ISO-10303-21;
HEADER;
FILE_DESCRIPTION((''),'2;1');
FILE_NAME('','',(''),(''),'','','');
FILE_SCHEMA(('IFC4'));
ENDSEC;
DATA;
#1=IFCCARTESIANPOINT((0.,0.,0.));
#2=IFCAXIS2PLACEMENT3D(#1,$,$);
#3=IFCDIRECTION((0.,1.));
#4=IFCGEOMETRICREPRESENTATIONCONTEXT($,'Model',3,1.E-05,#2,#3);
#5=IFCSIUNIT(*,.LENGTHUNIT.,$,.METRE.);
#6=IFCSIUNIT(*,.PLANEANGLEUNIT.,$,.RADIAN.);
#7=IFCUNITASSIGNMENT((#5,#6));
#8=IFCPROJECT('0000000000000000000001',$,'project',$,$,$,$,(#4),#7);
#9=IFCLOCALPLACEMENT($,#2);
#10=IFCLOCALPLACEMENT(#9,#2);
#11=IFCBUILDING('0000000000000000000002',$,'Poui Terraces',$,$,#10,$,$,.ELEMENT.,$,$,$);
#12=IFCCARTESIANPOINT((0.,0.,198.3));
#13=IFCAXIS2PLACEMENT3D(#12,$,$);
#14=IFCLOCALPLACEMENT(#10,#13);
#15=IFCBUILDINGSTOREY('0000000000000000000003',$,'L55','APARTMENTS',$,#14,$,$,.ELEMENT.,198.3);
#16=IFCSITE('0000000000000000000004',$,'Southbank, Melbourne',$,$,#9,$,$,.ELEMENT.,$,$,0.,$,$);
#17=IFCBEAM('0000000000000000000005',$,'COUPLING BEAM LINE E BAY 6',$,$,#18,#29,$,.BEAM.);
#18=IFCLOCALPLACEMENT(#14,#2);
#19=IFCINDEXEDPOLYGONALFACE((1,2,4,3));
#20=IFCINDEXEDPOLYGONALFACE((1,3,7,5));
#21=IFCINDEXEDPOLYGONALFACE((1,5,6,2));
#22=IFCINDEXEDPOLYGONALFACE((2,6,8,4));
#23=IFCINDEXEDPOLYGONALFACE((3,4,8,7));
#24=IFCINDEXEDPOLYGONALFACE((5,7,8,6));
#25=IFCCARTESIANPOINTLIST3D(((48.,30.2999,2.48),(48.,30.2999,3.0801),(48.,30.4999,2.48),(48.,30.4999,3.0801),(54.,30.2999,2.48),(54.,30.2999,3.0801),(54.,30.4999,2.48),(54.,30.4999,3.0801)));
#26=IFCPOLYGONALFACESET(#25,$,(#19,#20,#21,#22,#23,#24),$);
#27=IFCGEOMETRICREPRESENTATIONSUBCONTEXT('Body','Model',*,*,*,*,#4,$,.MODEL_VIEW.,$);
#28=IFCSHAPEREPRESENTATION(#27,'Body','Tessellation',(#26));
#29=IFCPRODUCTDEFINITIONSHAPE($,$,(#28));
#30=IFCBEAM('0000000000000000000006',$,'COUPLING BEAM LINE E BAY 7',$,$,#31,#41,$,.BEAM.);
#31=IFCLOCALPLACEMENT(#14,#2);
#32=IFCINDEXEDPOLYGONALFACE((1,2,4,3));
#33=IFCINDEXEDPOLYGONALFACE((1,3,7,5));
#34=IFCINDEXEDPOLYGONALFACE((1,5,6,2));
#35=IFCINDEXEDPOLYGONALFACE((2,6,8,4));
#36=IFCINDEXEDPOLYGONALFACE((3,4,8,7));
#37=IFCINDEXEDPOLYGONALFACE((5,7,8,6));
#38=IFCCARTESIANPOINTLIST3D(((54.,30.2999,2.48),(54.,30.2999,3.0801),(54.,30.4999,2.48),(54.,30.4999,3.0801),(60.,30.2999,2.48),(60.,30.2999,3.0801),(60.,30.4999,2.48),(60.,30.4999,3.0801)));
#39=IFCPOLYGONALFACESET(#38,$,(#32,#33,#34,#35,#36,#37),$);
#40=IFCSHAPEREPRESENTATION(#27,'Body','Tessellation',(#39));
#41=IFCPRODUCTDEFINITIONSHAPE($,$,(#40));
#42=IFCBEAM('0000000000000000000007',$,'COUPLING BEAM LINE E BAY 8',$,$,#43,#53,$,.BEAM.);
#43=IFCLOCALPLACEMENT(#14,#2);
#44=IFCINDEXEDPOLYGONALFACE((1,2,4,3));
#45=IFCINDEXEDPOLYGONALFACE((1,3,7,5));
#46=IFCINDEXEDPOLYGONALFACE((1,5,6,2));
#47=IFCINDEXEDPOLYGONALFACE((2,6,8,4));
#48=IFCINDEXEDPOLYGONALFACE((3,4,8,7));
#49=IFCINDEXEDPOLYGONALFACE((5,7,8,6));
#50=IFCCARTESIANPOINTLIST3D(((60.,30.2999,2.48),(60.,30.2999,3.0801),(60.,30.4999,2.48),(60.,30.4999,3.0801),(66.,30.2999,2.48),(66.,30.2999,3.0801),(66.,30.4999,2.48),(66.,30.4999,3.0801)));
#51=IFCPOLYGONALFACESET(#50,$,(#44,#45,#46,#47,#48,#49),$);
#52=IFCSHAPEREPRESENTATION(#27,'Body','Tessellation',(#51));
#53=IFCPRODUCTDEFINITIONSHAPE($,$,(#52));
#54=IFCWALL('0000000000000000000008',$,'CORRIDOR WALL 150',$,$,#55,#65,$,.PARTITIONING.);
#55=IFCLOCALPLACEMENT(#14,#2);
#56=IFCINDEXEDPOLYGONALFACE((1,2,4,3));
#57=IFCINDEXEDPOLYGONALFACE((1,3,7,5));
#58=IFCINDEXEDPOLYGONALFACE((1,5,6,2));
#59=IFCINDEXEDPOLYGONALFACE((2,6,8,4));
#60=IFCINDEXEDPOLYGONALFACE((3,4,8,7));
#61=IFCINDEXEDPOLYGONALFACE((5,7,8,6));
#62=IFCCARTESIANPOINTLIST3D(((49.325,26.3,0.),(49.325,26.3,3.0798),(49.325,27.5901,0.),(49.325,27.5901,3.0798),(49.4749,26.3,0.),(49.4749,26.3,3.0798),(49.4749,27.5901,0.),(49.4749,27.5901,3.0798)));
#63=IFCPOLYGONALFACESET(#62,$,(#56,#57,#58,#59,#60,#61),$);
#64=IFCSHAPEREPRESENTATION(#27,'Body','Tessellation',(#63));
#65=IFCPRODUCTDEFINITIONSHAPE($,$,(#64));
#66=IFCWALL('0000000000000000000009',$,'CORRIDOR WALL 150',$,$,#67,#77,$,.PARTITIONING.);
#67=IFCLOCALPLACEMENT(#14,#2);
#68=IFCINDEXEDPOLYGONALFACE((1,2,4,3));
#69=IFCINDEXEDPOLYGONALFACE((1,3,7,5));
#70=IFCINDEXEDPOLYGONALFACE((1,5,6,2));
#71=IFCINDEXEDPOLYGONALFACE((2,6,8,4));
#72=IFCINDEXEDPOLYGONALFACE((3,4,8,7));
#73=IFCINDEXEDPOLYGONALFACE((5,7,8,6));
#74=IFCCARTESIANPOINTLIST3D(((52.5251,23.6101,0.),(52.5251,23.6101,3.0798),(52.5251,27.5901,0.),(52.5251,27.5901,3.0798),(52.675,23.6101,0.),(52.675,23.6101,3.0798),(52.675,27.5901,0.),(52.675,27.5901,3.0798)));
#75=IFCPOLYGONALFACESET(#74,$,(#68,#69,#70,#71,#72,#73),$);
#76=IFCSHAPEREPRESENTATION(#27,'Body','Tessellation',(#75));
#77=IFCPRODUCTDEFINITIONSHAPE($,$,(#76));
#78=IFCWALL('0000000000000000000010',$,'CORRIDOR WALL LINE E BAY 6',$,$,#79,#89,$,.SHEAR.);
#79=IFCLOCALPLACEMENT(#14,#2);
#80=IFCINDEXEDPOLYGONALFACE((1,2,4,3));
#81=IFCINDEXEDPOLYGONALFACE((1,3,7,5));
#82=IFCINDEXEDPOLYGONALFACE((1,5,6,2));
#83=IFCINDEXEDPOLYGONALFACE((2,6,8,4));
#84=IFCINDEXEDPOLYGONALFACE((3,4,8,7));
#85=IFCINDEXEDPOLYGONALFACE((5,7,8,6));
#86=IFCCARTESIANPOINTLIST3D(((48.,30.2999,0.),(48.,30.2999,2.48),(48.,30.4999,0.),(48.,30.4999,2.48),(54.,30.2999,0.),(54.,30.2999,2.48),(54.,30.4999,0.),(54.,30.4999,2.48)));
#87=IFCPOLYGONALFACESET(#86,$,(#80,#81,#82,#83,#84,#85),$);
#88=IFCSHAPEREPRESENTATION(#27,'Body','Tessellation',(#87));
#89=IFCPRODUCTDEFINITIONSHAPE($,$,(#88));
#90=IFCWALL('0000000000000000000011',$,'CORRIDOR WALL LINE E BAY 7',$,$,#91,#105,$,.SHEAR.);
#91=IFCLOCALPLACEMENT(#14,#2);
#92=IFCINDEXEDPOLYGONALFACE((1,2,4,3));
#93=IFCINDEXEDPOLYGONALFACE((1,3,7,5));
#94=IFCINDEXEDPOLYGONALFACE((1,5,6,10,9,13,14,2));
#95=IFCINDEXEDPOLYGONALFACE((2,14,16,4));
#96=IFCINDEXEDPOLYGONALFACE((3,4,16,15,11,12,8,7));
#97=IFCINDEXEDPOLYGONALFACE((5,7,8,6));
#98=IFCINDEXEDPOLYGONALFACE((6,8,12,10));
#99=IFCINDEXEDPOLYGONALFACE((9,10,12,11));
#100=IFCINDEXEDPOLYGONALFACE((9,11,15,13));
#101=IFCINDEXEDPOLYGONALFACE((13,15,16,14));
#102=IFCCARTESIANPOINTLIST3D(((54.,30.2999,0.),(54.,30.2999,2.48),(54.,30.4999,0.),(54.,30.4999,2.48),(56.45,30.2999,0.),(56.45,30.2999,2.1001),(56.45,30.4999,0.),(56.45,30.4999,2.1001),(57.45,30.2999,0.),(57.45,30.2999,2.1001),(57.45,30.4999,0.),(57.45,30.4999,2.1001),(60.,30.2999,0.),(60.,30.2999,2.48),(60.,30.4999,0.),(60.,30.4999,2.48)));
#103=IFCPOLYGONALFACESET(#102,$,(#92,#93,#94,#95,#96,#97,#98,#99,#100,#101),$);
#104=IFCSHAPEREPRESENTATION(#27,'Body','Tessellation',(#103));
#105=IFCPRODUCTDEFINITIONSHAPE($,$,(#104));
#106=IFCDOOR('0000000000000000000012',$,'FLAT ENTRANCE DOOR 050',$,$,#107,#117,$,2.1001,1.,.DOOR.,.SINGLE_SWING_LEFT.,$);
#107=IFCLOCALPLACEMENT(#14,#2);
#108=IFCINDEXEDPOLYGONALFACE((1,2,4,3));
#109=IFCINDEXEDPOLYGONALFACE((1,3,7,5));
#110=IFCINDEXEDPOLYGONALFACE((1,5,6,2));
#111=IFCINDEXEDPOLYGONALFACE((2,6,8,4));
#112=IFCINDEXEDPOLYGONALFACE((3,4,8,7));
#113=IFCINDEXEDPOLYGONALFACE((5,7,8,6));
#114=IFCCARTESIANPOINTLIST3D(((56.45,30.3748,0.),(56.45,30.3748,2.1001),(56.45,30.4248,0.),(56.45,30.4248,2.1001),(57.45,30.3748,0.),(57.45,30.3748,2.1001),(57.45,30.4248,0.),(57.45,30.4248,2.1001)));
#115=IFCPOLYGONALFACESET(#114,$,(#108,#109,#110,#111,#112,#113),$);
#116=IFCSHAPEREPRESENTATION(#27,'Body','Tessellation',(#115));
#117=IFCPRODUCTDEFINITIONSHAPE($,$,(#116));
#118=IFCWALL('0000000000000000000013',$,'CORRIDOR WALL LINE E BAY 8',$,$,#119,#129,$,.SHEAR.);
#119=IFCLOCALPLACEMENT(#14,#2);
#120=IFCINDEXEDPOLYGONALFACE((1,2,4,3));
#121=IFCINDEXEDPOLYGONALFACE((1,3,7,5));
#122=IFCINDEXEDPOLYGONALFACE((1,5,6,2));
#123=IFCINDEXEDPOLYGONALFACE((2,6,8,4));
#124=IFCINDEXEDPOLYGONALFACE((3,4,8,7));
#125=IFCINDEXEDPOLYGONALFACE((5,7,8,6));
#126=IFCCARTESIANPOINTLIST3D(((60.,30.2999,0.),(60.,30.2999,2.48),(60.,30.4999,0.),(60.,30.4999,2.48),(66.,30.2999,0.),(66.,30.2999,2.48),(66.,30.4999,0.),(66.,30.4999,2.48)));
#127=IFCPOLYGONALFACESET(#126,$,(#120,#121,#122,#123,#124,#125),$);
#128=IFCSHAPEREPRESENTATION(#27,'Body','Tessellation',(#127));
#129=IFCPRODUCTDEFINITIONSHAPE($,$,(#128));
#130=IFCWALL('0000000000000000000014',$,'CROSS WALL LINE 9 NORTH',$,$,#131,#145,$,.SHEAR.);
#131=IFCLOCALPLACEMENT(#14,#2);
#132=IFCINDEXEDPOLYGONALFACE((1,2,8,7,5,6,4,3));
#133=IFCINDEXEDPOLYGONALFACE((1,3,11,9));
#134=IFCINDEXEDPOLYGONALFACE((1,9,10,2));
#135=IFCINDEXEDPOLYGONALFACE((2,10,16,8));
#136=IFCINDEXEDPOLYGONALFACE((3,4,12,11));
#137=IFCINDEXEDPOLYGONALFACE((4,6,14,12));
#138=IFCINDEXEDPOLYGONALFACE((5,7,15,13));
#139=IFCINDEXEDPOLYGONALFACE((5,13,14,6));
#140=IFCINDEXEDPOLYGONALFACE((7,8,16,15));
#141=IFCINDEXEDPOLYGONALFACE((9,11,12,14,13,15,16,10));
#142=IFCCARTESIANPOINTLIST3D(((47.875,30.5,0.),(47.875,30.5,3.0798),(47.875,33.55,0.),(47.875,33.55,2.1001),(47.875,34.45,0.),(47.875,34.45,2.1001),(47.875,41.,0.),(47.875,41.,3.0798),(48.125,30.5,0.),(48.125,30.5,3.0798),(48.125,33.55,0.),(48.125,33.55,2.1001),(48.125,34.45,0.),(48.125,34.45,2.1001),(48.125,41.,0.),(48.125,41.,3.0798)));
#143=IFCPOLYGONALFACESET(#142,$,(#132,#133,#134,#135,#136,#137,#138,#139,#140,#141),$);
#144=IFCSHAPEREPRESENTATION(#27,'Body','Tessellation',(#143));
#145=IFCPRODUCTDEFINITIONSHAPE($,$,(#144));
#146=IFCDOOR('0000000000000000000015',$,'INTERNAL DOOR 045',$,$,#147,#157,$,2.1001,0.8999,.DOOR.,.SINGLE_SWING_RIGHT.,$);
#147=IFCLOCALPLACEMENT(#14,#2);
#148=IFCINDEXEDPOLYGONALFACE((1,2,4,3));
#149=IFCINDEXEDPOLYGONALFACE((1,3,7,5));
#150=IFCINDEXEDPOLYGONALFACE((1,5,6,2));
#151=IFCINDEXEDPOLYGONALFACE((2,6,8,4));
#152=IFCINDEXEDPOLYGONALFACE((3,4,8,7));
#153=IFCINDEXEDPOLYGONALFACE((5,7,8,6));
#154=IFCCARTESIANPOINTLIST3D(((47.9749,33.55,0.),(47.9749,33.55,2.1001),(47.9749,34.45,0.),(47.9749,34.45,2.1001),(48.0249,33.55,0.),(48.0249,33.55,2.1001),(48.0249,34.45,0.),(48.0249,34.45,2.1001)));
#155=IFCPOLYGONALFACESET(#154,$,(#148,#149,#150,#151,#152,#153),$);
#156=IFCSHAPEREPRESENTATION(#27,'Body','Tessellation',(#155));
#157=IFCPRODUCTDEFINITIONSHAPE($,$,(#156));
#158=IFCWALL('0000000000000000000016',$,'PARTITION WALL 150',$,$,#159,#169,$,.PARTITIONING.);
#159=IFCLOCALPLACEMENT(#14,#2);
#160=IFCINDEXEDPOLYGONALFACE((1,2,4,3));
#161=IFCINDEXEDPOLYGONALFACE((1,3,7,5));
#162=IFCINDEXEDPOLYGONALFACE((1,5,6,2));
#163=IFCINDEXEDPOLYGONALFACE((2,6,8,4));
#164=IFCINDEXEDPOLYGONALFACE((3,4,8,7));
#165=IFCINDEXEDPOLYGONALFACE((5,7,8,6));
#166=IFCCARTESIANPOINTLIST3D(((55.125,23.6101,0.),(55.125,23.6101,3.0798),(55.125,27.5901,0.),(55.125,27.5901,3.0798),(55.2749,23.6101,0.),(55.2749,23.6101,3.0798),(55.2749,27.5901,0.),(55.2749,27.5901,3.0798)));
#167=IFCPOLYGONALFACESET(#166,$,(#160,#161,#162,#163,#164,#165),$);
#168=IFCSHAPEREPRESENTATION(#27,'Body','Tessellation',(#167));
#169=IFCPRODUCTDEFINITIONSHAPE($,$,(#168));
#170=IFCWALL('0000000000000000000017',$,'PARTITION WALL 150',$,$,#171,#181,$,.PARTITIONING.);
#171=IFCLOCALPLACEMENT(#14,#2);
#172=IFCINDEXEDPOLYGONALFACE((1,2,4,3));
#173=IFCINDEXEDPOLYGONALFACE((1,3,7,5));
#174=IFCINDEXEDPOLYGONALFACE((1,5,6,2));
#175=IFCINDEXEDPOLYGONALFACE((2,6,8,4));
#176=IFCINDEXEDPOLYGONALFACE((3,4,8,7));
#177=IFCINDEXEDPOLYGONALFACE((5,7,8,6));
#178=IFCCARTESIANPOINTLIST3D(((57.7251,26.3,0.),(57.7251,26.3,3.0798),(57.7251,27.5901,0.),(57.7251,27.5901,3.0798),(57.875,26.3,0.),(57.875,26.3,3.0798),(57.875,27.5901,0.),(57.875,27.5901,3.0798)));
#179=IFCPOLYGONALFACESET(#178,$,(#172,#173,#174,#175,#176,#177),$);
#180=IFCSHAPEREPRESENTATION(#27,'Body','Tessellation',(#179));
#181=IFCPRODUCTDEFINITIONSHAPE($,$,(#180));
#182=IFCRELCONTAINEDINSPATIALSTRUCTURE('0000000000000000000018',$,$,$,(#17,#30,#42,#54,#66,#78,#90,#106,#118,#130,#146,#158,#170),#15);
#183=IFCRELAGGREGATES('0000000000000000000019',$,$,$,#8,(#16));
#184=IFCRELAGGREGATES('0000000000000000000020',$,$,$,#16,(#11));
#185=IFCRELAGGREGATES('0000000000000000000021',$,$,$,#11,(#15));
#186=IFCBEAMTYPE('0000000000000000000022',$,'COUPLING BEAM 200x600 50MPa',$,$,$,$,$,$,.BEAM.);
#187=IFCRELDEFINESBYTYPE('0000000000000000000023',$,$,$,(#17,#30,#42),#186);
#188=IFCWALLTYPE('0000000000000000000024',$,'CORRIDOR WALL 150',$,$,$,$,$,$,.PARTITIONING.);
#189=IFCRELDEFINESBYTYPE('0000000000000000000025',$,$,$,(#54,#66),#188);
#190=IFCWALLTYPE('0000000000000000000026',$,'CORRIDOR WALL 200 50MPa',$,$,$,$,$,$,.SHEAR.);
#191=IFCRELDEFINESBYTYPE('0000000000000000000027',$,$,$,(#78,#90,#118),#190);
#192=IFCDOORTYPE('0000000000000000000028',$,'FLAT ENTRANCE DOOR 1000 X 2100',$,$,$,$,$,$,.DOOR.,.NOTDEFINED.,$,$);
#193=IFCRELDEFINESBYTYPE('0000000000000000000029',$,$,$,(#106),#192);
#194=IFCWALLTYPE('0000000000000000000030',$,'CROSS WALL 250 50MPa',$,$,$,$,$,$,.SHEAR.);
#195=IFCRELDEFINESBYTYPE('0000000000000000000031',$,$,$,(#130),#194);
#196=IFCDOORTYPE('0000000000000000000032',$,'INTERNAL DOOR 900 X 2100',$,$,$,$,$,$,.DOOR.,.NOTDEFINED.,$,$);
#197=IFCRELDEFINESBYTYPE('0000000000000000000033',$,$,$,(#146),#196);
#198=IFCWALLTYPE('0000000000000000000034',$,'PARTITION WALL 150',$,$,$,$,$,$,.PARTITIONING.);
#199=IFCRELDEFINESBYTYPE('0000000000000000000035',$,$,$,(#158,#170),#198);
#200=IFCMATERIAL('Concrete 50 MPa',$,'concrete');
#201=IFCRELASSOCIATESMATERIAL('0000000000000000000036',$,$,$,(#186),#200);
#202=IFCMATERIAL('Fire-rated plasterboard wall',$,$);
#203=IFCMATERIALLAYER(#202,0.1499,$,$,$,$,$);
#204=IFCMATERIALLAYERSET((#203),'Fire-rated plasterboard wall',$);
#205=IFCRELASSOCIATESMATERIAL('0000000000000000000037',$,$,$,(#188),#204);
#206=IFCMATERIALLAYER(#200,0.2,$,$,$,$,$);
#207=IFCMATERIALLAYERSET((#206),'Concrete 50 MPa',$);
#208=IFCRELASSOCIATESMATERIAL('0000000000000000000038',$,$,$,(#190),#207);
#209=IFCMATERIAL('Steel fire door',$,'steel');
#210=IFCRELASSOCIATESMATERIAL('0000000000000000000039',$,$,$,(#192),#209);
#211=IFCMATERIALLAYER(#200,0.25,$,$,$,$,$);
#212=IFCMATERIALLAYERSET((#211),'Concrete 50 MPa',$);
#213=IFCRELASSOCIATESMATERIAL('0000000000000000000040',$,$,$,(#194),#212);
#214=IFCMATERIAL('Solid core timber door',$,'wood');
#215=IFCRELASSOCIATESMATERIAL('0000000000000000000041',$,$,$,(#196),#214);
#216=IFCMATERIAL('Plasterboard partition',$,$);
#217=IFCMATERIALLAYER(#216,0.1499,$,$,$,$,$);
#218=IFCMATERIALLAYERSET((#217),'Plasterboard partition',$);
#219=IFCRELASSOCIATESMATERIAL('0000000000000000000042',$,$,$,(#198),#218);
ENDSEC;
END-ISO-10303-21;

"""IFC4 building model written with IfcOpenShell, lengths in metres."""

from ifc_helpers import new_model, si_unit, direction, frame, frame_2d, origin, origin_2d, place, context, subcontext, project, spatial, rectangle, extrude, source, transform, mapped, material, layer, layer_set, material_profile, profile_set, type_object, element, fill, save


model = new_model("IFC4")

# Units and contexts
model_context = context("Model", 3, precision=1e-05, world=origin(), true_north=direction((0.0, 1.0)))
body_context = subcontext(model_context, "Body", "Model", "MODEL_VIEW")
ifc_project = project(units=[si_unit("LENGTHUNIT", "METRE"), si_unit("PLANEANGLEUNIT", "RADIAN")], contexts=[model_context])

# Site, building, storey
site_placement = place(None, origin())
site = spatial("IfcSite", under=ifc_project, at=site_placement, Name="Southbank, Melbourne", CompositionType="ELEMENT", RefElevation=0.0)
building_placement = place(site_placement, origin())
building = spatial("IfcBuilding", under=site, at=building_placement, Name="Poui Terraces", CompositionType="ELEMENT")
storey_placement = place(building_placement, frame((0.0, 0.0, 198.3)))
storey = spatial("IfcBuildingStorey", under=building, at=storey_placement, Name="L55", Description="APARTMENTS", CompositionType="ELEMENT", Elevation=198.3)

# Beams
ifc_material_1 = material(Name="Concrete 50 MPa", Category="concrete")
ifc_material_profile = material_profile(ifc_material_1, rectangle(XDim=0.2, YDim=0.6001, at=origin_2d()), Name="RC 200x600")
ifc_profile_set = profile_set([ifc_material_profile], Name="Concrete 50 MPa")
beam_type = type_object("IfcBeamType", Name="COUPLING BEAM 200x600 50MPa", PredefinedType="BEAM", material=ifc_profile_set)
shared_shape = source(origin(), body_context, "Body", "SweptSolid", [
    extrude(rectangle(XDim=0.2, YDim=0.6001, at=origin_2d()), origin(), (0.0, 0.0, 1.0), 6.0),
])
for number, where, z_axis, x_axis, name in (
    (1, (48.0, 30.3999, 2.78), (1.0, 0.0, 0.0), (0.0, 1.0, 0.0), "COUPLING BEAM LINE E BAY 6"),
    (2, (54.0, 30.3999, 2.78), (1.0, 0.0, 0.0), (0.0, 1.0, 0.0), "COUPLING BEAM LINE E BAY 7"),
    (3, (60.0, 30.3999, 2.78), (1.0, 0.0, 0.0), (0.0, 1.0, 0.0), "COUPLING BEAM LINE E BAY 8"),
):
    element("IfcBeam", number, at=place(storey_placement, frame(where, z_axis=z_axis, x_axis=x_axis)), inside=storey, type_object=beam_type, Name=name, PredefinedType="BEAM", context=body_context, shape_type="MappedRepresentation", body=[
        mapped(shared_shape, transform((0.0, 0.0, 0.0))),
    ])

# Walls
ifc_material_2 = material(Name="Fire-rated plasterboard wall")
ifc_layer_1 = layer(ifc_material_2, 0.1499)
ifc_layer_set_1 = layer_set([ifc_layer_1], Name="Fire-rated plasterboard wall")
wall_type_1 = type_object("IfcWallType", Name="CORRIDOR WALL 150", PredefinedType="PARTITIONING", material=ifc_layer_set_1)
wall_1_placement = place(storey_placement, frame((49.3999, 26.3, 0.0), z_axis=(0.0, 0.0, 1.0), x_axis=(0.0, 1.0, 0.0)))
element("IfcWall", 4, at=wall_1_placement, inside=storey, type_object=wall_type_1, Name="CORRIDOR WALL 150", PredefinedType="PARTITIONING", context=body_context, shape_type="SweptSolid", body=[
    extrude(rectangle(XDim=1.29, YDim=0.1499, at=frame_2d((0.645, 0.0))), origin(), (0.0, 0.0, 1.0), 3.0798),
])
wall_2_placement = place(storey_placement, frame((52.6001, 23.6101, 0.0), z_axis=(0.0, 0.0, 1.0), x_axis=(0.0, 1.0, 0.0)))
element("IfcWall", 5, at=wall_2_placement, inside=storey, type_object=wall_type_1, Name="CORRIDOR WALL 150", PredefinedType="PARTITIONING", context=body_context, shape_type="SweptSolid", body=[
    extrude(rectangle(XDim=3.98, YDim=0.1499, at=frame_2d((1.99, 0.0))), origin(), (0.0, 0.0, 1.0), 3.0798),
])
ifc_layer_2 = layer(ifc_material_1, 0.2)
ifc_layer_set_2 = layer_set([ifc_layer_2], Name="Concrete 50 MPa")
wall_type_2 = type_object("IfcWallType", Name="CORRIDOR WALL 200 50MPa", PredefinedType="SHEAR", material=ifc_layer_set_2)
wall_3_placement = place(storey_placement, frame((48.0, 30.3999, 0.0), z_axis=(0.0, 0.0, 1.0), x_axis=(1.0, 0.0, 0.0)))
element("IfcWall", 6, at=wall_3_placement, inside=storey, type_object=wall_type_2, Name="CORRIDOR WALL LINE E BAY 6", PredefinedType="SHEAR", context=body_context, shape_type="SweptSolid", body=[
    extrude(rectangle(XDim=6.0, YDim=0.2, at=frame_2d((3.0, 0.0))), origin(), (0.0, 0.0, 1.0), 2.48),
])

# Wall, opening, door
wall_4_placement = place(storey_placement, frame((54.0, 30.3999, 0.0), z_axis=(0.0, 0.0, 1.0), x_axis=(1.0, 0.0, 0.0)))
wall_4 = element("IfcWall", 7, at=wall_4_placement, inside=storey, type_object=wall_type_2, Name="CORRIDOR WALL LINE E BAY 7", PredefinedType="SHEAR", context=body_context, shape_type="SweptSolid", body=[
    extrude(rectangle(XDim=6.0, YDim=0.2, at=frame_2d((3.0, 0.0))), origin(), (0.0, 0.0, 1.0), 2.48),
])
opening_1_placement = place(wall_4_placement, frame((2.45, 0.0, 0.0)))
opening_1 = element("IfcOpeningElement", 8, at=opening_1_placement, cuts=wall_4, PredefinedType="OPENING", context=body_context, shape_type="SweptSolid", body=[
    extrude(rectangle(XDim=1.0, YDim=2.1001, at=frame_2d((0.5, 1.05))), frame((0.0, 0.1099, 0.0), z_axis=(0.0, -1.0, 0.0), x_axis=(1.0, 0.0, 0.0)), (0.0, 0.0, 1.0), 0.22),
])
ifc_material_3 = material(Name="Steel fire door", Category="steel")
door_type_1 = type_object("IfcDoorType", Name="FLAT ENTRANCE DOOR 1000 X 2100", OperationType="NOTDEFINED", PredefinedType="DOOR", material=ifc_material_3)
door_1_placement = place(opening_1_placement, origin())
door_1 = element("IfcDoor", 9, at=door_1_placement, inside=storey, type_object=door_type_1, Name="FLAT ENTRANCE DOOR 050", OperationType="SINGLE_SWING_LEFT", OverallHeight=2.1001, OverallWidth=1.0, PredefinedType="DOOR", context=body_context, shape_type="SweptSolid", body=[
    extrude(rectangle(XDim=1.0, YDim=2.1001, at=frame_2d((0.5, 1.05))), frame((0.0, 0.0249, 0.0), z_axis=(0.0, -1.0, 0.0), x_axis=(1.0, 0.0, 0.0)), (0.0, 0.0, 1.0), 0.05),
])
fill(opening_1, door_1)

# Wall
wall_5_placement = place(storey_placement, frame((60.0, 30.3999, 0.0), z_axis=(0.0, 0.0, 1.0), x_axis=(1.0, 0.0, 0.0)))
element("IfcWall", 10, at=wall_5_placement, inside=storey, type_object=wall_type_2, Name="CORRIDOR WALL LINE E BAY 8", PredefinedType="SHEAR", context=body_context, shape_type="SweptSolid", body=[
    extrude(rectangle(XDim=6.0, YDim=0.2, at=frame_2d((3.0, 0.0))), origin(), (0.0, 0.0, 1.0), 2.48),
])

# Wall, opening, door
ifc_layer_3 = layer(ifc_material_1, 0.25)
ifc_layer_set_3 = layer_set([ifc_layer_3], Name="Concrete 50 MPa")
wall_type_3 = type_object("IfcWallType", Name="CROSS WALL 250 50MPa", PredefinedType="SHEAR", material=ifc_layer_set_3)
wall_6_placement = place(storey_placement, frame((48.0, 30.5, 0.0), z_axis=(0.0, 0.0, 1.0), x_axis=(0.0, 1.0, 0.0)))
wall_6 = element("IfcWall", 11, at=wall_6_placement, inside=storey, type_object=wall_type_3, Name="CROSS WALL LINE 9 NORTH", PredefinedType="SHEAR", context=body_context, shape_type="SweptSolid", body=[
    extrude(rectangle(XDim=10.5, YDim=0.25, at=frame_2d((5.25, 0.0))), origin(), (0.0, 0.0, 1.0), 3.0798),
])
opening_2_placement = place(wall_6_placement, frame((3.05, 0.0, 0.0)))
opening_2 = element("IfcOpeningElement", 12, at=opening_2_placement, cuts=wall_6, PredefinedType="OPENING", context=body_context, shape_type="SweptSolid", body=[
    extrude(rectangle(XDim=0.8999, YDim=2.1001, at=frame_2d((0.45, 1.05))), frame((0.0, 0.135, 0.0), z_axis=(0.0, -1.0, 0.0), x_axis=(1.0, 0.0, 0.0)), (0.0, 0.0, 1.0), 0.27),
])
ifc_material_4 = material(Name="Solid core timber door", Category="wood")
door_type_2 = type_object("IfcDoorType", Name="INTERNAL DOOR 900 X 2100", OperationType="NOTDEFINED", PredefinedType="DOOR", material=ifc_material_4)
door_2_placement = place(opening_2_placement, frame((0.8999, 0.0, 0.0), z_axis=(0.0, 0.0, 1.0), x_axis=(-1.0, 0.0, 0.0)))
door_2 = element("IfcDoor", 13, at=door_2_placement, inside=storey, type_object=door_type_2, Name="INTERNAL DOOR 045", OperationType="SINGLE_SWING_RIGHT", OverallHeight=2.1001, OverallWidth=0.8999, PredefinedType="DOOR", context=body_context, shape_type="SweptSolid", body=[
    extrude(rectangle(XDim=0.8999, YDim=2.1001, at=frame_2d((0.45, 1.05))), frame((0.0, 0.0249, 0.0), z_axis=(0.0, -1.0, 0.0), x_axis=(1.0, 0.0, 0.0)), (0.0, 0.0, 1.0), 0.05),
])
fill(opening_2, door_2)

# Walls
ifc_material_5 = material(Name="Plasterboard partition")
ifc_layer_4 = layer(ifc_material_5, 0.1499)
ifc_layer_set_4 = layer_set([ifc_layer_4], Name="Plasterboard partition")
wall_type_4 = type_object("IfcWallType", Name="PARTITION WALL 150", PredefinedType="PARTITIONING", material=ifc_layer_set_4)
wall_7_placement = place(storey_placement, frame((55.2, 23.6101, 0.0), z_axis=(0.0, 0.0, 1.0), x_axis=(0.0, 1.0, 0.0)))
element("IfcWall", 14, at=wall_7_placement, inside=storey, type_object=wall_type_4, Name="PARTITION WALL 150", PredefinedType="PARTITIONING", context=body_context, shape_type="SweptSolid", body=[
    extrude(rectangle(XDim=3.98, YDim=0.1499, at=frame_2d((1.99, 0.0))), origin(), (0.0, 0.0, 1.0), 3.0798),
])
for number, where, z_axis, x_axis, name in (
    (15, (57.8, 26.3, 0.0), (0.0, 0.0, 1.0), (0.0, 1.0, 0.0), "PARTITION WALL 150"),
):
    element("IfcWall", number, at=place(storey_placement, frame(where, z_axis=z_axis, x_axis=x_axis)), inside=storey, type_object=wall_type_4, Name=name, PredefinedType="PARTITIONING", context=body_context, shape_type="SweptSolid", body=[
        extrude(rectangle(XDim=1.29, YDim=0.1499, at=frame_2d((0.645, 0.0))), origin(), (0.0, 0.0, 1.0), 3.0798),
    ])

save(model, "model.ifc")
